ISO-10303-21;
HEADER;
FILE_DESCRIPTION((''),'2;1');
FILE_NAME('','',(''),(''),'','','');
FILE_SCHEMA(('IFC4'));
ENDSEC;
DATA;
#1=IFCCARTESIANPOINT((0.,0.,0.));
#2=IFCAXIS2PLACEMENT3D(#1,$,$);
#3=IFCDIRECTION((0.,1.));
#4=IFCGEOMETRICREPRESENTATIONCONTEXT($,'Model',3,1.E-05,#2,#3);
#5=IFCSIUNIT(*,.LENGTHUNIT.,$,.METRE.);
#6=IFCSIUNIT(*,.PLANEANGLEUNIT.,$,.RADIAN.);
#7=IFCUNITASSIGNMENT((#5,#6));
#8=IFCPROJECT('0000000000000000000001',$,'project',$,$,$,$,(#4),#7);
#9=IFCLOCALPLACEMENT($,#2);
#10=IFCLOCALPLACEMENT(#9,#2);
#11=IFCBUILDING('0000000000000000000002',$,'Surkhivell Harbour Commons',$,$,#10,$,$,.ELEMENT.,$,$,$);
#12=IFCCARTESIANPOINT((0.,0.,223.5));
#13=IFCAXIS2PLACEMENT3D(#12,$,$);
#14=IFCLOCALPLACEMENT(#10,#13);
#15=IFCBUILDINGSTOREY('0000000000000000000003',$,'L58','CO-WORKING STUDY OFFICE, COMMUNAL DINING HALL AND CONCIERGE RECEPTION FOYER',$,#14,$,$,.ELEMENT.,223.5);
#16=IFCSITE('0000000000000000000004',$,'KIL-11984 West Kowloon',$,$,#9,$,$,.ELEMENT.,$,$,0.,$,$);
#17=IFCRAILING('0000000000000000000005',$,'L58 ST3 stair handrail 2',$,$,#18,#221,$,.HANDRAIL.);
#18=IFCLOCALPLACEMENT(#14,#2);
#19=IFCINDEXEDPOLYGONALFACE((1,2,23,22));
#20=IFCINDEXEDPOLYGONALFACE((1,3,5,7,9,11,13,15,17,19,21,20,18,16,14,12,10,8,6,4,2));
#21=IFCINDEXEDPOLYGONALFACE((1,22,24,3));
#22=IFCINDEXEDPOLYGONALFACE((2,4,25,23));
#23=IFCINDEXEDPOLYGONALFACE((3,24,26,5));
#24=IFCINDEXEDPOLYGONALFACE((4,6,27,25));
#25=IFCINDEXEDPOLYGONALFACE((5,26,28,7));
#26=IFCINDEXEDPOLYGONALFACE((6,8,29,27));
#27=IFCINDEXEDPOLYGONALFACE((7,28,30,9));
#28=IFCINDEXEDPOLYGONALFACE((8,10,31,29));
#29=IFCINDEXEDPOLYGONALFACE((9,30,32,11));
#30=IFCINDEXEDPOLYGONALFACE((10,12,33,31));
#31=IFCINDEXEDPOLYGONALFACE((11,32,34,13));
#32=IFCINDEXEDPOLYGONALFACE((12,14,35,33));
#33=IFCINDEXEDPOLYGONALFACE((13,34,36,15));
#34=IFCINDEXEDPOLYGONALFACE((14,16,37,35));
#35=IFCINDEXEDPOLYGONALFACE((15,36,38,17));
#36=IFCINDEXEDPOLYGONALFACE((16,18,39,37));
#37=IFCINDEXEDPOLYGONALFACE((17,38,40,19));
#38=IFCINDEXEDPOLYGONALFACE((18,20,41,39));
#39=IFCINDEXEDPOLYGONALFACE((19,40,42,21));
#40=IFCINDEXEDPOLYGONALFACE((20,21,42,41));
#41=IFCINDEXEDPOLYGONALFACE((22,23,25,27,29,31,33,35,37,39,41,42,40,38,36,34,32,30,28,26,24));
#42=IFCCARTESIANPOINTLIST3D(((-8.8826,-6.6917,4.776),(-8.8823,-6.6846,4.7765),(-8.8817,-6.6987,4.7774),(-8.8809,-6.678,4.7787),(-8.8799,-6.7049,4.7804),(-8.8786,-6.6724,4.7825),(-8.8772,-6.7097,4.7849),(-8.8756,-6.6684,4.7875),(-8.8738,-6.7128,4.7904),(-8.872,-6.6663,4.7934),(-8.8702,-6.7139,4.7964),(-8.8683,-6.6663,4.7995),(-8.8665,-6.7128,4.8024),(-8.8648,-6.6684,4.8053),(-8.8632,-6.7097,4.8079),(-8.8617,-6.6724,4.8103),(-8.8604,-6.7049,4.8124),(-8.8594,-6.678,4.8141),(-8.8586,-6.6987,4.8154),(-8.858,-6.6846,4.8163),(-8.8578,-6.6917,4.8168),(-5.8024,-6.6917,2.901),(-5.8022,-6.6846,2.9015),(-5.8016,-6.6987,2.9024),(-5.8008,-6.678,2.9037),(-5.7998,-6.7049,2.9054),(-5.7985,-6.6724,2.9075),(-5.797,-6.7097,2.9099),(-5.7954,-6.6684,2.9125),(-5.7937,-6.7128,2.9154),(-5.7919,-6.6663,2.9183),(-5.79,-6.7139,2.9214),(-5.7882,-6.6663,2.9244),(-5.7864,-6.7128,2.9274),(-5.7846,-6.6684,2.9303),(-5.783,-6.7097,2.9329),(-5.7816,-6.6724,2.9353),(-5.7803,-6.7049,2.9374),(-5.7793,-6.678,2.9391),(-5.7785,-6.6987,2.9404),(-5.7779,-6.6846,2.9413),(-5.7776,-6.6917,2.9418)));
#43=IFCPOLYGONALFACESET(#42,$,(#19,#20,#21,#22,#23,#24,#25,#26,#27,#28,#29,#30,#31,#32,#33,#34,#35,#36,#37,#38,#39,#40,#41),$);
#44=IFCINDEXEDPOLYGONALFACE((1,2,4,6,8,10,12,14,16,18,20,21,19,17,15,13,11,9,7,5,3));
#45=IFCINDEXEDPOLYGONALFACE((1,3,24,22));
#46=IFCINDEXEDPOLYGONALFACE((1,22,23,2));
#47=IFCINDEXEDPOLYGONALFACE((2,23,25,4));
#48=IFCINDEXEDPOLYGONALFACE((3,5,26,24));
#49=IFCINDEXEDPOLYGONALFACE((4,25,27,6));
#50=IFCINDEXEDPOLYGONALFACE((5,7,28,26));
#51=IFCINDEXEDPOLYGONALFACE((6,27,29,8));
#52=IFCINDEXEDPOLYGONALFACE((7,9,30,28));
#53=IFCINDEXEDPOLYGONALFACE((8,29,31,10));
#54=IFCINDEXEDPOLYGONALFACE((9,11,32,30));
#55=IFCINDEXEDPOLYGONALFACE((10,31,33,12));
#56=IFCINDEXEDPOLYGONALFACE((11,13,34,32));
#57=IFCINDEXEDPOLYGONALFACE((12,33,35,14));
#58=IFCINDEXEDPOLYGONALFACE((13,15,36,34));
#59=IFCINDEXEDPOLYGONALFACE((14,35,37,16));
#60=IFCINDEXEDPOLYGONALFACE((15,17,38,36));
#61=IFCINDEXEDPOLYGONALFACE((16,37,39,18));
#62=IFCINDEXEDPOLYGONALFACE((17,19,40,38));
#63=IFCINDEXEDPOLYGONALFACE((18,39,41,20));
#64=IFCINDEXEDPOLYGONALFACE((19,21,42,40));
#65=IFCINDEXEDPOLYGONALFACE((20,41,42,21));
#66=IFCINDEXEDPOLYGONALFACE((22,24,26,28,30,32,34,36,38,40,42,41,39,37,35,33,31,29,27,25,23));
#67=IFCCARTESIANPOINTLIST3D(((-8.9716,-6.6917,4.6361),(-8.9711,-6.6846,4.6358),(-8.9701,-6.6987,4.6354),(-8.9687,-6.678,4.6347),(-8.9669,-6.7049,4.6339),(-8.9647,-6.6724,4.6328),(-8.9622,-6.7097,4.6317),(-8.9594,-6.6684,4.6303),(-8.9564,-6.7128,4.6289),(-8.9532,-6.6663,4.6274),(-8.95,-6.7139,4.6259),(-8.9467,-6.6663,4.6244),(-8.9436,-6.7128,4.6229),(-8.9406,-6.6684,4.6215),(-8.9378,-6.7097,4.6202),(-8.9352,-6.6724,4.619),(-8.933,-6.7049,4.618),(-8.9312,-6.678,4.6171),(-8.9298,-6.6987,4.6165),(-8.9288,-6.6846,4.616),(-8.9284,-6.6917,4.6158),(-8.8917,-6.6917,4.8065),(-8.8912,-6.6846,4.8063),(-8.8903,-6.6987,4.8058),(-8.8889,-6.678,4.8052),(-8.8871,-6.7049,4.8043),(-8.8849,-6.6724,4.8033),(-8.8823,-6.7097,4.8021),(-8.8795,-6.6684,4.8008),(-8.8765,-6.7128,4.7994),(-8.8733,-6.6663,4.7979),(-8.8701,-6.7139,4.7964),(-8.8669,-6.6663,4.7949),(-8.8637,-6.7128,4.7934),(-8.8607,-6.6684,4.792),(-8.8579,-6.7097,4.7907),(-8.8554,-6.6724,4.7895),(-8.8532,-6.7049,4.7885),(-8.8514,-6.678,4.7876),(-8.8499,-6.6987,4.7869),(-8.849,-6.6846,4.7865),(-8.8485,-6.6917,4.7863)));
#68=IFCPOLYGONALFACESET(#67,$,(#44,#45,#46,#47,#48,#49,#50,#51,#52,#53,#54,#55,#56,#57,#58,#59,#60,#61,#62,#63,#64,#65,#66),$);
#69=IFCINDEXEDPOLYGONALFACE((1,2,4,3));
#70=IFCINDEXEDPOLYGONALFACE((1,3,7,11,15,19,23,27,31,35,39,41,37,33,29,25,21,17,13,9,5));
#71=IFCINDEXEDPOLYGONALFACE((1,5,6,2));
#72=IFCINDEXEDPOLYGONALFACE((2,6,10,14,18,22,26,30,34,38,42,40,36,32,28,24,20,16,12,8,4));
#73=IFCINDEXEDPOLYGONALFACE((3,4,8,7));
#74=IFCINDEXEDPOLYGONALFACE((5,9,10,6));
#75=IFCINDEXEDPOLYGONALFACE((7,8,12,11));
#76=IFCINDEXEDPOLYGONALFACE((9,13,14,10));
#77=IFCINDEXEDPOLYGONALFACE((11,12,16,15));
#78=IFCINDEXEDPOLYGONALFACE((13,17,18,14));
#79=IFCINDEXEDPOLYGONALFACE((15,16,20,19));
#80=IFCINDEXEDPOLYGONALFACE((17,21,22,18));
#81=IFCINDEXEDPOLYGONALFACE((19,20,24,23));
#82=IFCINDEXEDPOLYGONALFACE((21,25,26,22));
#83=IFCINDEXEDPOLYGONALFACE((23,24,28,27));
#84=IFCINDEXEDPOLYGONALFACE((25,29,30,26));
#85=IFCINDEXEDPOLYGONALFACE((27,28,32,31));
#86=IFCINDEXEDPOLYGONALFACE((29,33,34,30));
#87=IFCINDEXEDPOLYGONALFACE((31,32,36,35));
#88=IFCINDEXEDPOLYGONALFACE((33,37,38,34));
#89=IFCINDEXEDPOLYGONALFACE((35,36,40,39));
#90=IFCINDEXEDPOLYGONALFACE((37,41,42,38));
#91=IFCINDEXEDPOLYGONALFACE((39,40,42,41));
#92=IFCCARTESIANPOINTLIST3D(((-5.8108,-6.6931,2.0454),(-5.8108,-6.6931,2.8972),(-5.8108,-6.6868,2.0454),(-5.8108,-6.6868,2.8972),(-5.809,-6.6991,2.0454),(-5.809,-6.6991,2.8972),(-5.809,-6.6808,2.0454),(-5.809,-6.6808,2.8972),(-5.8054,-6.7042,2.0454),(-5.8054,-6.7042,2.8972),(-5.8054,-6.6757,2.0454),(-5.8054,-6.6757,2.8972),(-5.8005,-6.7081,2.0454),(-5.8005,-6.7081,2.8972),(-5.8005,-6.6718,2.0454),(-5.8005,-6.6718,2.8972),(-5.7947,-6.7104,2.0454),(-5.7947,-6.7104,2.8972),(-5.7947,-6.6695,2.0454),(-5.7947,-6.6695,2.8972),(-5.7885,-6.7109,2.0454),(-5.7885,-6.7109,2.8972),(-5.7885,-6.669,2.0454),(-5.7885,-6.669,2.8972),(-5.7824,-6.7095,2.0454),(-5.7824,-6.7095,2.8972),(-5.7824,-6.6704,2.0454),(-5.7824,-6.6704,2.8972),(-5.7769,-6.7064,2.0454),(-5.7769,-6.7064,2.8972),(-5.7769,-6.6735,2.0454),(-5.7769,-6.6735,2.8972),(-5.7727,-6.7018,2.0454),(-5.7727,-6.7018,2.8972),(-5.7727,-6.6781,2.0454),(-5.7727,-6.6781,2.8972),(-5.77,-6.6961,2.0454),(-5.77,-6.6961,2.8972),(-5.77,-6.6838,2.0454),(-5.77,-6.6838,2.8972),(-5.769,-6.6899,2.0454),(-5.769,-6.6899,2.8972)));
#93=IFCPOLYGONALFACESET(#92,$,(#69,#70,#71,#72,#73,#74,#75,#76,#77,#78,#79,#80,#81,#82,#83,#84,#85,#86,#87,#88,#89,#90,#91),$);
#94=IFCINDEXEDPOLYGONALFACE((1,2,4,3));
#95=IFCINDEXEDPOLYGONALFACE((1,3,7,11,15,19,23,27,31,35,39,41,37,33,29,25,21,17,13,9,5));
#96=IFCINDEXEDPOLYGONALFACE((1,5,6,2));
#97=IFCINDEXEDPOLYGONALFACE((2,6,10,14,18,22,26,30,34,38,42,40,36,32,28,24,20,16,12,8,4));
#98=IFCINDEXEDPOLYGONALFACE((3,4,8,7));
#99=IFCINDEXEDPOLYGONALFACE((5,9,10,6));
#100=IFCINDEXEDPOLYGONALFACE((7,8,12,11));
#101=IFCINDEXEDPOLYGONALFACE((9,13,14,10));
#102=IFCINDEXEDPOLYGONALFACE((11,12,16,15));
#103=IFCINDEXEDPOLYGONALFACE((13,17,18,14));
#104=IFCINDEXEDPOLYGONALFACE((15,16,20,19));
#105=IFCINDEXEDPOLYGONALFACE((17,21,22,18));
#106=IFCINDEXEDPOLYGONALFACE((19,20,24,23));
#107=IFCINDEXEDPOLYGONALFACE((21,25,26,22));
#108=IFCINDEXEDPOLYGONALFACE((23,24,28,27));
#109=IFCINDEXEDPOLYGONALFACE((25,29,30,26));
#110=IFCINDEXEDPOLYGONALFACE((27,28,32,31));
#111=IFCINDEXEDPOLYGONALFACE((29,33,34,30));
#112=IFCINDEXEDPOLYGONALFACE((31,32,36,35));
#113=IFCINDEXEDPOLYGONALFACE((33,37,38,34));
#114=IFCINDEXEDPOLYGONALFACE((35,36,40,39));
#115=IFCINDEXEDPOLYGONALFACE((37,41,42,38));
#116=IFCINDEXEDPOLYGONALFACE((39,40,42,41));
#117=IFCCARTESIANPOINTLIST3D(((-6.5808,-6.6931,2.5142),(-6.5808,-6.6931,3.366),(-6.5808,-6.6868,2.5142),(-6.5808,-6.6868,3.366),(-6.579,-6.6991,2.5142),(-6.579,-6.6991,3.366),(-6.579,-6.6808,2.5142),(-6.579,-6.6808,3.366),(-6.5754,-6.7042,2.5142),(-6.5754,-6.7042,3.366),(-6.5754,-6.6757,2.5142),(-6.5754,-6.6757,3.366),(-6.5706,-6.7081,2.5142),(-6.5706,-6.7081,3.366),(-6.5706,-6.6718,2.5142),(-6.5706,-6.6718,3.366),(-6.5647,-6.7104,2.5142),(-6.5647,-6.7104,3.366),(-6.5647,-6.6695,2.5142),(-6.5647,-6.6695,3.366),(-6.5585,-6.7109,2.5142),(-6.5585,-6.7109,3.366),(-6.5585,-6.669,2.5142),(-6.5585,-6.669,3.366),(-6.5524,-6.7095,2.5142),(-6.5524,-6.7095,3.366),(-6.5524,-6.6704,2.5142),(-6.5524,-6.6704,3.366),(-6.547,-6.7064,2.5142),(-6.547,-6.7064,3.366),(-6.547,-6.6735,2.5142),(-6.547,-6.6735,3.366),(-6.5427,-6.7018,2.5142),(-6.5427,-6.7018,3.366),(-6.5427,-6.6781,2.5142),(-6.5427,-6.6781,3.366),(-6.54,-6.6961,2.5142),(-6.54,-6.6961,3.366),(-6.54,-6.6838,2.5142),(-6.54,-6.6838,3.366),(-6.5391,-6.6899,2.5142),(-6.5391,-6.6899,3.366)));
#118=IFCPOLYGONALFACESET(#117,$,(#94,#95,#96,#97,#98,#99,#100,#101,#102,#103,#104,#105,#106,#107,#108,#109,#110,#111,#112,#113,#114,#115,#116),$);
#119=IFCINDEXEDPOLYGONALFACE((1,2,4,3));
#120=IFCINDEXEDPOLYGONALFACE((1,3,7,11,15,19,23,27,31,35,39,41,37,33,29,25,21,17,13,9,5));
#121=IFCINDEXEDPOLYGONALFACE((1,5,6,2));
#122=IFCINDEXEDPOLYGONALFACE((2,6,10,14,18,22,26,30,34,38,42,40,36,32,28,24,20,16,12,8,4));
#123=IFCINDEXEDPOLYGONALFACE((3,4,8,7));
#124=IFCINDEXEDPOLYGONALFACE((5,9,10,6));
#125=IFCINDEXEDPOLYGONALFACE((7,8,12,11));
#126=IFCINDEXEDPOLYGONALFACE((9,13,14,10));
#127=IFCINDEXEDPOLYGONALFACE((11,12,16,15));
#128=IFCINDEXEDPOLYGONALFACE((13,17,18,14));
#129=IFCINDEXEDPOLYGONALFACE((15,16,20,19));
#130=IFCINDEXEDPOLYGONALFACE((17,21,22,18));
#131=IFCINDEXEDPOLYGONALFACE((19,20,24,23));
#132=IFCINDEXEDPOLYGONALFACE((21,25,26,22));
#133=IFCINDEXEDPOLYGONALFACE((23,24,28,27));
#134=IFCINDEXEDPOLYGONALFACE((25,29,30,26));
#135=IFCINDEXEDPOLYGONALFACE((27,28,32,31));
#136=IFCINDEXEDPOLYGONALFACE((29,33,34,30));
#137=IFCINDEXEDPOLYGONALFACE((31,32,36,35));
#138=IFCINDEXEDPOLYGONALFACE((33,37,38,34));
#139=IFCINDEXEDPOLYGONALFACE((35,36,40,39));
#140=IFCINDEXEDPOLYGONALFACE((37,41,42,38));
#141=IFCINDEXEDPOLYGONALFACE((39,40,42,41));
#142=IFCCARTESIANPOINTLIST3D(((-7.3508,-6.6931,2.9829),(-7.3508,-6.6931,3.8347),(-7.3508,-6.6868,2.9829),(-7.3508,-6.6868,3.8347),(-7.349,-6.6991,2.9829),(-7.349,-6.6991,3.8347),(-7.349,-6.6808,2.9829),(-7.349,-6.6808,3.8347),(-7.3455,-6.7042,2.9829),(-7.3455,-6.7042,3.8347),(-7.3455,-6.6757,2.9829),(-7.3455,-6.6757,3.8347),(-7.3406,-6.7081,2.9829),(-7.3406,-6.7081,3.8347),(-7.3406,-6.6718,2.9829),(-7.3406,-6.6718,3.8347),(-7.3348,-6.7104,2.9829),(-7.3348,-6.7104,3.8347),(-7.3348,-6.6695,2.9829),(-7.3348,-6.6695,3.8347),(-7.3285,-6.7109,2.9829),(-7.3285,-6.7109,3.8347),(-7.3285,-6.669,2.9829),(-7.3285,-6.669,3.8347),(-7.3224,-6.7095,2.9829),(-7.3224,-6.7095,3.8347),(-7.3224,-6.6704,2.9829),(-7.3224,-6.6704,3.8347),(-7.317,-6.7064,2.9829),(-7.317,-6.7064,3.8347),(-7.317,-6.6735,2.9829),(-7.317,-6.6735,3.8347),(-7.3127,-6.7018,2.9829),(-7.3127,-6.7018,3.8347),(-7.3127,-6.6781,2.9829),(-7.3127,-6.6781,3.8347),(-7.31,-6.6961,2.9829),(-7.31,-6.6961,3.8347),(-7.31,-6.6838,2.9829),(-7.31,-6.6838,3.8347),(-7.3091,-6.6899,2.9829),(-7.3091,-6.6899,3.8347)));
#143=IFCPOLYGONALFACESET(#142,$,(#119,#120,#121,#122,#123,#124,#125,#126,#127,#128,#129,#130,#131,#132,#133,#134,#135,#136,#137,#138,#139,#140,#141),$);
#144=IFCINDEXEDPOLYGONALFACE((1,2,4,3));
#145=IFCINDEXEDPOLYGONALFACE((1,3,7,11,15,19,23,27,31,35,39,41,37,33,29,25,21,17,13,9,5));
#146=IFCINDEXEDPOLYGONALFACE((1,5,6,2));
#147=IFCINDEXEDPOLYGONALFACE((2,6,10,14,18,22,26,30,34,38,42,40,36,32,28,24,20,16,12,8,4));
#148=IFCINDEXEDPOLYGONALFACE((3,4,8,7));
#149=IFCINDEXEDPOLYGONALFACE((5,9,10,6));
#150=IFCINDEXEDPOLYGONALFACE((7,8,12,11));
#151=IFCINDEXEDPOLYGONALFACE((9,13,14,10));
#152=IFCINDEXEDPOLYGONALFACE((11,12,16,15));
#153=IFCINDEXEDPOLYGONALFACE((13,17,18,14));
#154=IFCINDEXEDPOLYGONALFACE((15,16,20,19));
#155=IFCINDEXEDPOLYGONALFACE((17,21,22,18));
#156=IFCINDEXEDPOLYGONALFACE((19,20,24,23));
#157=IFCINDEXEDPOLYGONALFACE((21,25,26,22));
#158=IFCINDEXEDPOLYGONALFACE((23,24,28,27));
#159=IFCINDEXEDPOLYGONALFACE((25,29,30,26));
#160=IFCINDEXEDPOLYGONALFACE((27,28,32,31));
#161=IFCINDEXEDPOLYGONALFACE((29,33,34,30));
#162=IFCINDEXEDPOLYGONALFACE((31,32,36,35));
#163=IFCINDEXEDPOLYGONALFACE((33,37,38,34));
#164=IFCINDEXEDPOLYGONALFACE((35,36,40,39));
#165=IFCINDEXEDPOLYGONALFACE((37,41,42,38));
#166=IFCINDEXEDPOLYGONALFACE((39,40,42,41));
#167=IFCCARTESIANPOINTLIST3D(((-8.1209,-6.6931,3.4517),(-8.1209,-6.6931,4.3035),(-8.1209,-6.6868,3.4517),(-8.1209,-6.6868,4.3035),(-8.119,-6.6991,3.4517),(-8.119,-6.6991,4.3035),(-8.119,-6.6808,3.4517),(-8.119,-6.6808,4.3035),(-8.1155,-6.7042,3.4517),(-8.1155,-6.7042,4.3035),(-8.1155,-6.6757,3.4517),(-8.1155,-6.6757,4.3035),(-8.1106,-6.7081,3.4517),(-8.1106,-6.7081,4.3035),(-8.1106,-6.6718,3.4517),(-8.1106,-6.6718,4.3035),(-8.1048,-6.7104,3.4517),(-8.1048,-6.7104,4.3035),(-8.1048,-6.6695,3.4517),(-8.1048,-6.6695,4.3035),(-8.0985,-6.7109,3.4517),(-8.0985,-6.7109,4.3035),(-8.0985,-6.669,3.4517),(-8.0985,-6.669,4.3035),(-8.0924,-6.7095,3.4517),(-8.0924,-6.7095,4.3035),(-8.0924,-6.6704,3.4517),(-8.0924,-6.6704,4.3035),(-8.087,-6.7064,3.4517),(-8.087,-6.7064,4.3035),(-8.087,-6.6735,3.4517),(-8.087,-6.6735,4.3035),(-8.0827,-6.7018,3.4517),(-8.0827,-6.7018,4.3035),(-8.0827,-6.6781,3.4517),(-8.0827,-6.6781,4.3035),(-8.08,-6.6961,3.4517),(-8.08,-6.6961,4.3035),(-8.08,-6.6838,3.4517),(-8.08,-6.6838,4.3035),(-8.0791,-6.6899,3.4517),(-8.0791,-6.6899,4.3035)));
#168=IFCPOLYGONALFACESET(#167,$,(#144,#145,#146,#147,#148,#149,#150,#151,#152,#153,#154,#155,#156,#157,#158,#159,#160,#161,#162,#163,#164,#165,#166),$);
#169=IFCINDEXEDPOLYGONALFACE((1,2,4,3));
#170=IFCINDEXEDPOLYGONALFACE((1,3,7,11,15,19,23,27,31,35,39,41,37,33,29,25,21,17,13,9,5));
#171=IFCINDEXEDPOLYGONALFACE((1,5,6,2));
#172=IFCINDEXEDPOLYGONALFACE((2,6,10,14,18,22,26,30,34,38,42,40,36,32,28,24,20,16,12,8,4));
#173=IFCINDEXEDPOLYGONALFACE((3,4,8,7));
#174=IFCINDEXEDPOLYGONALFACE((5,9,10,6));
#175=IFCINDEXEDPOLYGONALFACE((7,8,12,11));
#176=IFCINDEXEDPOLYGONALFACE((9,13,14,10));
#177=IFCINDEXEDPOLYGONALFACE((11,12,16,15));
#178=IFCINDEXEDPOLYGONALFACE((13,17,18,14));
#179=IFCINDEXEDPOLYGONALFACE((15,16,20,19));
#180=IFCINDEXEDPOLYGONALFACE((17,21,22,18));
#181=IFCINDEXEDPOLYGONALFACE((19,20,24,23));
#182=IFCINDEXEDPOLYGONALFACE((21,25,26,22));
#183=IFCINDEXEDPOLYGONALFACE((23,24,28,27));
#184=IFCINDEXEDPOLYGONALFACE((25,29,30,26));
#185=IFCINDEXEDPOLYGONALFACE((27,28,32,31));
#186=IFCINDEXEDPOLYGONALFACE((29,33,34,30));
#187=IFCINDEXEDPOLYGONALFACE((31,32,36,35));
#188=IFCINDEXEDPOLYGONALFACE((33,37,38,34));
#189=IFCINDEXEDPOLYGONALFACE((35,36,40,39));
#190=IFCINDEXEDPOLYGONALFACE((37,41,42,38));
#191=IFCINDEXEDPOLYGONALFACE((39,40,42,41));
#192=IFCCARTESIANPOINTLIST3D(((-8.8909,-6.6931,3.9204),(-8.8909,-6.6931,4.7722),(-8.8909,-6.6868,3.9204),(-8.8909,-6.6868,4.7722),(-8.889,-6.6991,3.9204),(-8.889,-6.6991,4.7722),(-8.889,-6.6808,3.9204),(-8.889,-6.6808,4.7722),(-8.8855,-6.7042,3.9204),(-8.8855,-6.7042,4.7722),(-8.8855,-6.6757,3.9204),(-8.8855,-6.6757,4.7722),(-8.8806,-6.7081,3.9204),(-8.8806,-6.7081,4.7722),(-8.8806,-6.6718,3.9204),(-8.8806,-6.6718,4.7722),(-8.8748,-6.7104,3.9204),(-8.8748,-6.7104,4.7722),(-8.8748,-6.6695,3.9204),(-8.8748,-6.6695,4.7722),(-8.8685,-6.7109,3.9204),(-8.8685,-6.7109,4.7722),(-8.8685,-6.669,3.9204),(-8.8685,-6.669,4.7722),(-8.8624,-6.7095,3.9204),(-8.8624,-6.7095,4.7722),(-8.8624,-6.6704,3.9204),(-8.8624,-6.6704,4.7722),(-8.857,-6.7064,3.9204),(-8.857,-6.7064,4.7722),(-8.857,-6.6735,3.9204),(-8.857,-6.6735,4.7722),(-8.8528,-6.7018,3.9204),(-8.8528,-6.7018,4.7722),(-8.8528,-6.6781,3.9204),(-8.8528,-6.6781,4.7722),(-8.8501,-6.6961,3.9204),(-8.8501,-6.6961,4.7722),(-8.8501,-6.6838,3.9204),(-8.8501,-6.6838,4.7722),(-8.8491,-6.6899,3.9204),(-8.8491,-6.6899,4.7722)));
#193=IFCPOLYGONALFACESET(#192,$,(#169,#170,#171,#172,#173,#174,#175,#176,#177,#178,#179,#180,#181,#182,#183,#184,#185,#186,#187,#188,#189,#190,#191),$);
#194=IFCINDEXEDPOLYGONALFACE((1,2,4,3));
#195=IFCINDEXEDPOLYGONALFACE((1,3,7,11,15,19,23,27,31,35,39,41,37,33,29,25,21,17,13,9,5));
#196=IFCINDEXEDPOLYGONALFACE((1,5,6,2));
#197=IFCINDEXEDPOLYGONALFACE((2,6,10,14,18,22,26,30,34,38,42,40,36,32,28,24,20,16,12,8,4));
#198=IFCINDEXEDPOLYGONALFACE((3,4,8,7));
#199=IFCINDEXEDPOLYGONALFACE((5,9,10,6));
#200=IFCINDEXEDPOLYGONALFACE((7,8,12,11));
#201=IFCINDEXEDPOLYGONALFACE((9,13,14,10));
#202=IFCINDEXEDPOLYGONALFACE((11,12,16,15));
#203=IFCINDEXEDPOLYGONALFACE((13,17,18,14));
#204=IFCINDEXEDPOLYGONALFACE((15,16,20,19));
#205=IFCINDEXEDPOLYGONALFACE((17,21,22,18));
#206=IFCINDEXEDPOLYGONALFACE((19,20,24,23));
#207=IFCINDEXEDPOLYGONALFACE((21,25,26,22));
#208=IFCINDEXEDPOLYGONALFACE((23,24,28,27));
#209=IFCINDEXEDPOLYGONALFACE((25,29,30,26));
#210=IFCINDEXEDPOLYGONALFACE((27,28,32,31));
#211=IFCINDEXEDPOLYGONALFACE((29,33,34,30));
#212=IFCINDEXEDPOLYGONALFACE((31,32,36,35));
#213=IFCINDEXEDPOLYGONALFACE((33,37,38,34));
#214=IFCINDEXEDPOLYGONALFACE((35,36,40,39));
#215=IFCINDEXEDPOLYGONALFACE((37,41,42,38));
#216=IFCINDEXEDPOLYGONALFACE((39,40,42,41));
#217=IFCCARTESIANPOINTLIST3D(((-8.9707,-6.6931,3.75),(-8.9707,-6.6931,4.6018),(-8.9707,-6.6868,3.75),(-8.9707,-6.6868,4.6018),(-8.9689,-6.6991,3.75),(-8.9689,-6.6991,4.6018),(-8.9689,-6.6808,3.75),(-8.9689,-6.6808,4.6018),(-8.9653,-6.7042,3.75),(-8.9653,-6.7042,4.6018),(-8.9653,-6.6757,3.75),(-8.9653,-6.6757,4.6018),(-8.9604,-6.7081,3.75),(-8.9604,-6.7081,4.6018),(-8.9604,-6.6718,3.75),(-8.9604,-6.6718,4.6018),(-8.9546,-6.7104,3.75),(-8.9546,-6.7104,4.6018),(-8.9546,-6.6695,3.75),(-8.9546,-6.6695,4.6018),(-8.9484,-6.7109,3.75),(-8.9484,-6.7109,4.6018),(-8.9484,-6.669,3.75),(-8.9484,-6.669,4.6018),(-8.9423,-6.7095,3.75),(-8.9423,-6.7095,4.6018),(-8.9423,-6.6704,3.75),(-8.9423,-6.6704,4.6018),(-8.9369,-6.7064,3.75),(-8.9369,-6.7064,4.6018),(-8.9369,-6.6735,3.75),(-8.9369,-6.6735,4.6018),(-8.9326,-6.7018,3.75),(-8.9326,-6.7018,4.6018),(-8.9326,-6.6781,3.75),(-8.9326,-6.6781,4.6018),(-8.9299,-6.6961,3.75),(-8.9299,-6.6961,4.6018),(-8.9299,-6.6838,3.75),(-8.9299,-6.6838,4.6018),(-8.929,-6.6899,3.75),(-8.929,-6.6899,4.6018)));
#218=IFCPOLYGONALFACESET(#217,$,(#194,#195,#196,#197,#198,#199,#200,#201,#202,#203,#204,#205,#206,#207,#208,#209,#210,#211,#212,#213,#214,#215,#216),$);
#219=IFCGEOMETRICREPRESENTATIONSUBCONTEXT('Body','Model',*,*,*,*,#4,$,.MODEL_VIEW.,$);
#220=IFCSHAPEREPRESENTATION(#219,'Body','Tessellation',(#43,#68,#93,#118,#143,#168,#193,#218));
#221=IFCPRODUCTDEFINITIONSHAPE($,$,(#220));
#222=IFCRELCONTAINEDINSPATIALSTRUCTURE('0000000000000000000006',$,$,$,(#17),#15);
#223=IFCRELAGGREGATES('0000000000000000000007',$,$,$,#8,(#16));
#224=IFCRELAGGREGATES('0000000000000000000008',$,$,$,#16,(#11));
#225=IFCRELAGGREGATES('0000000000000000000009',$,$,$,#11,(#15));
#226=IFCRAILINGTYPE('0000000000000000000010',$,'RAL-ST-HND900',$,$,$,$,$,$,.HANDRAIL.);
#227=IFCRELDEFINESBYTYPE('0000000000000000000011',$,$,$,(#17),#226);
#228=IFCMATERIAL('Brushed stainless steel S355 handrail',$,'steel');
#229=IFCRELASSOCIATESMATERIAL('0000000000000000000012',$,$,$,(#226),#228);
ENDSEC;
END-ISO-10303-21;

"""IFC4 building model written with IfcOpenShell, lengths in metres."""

from ifc_helpers import new_model, si_unit, direction, frame, origin, origin_2d, place, context, subcontext, project, spatial, circle, extrude, material, type_object, element, save


model = new_model("IFC4")

# Units and contexts
model_context = context("Model", 3, precision=1e-05, world=origin(), true_north=direction((0.0, 1.0)))
body_context = subcontext(model_context, "Body", "Model", "MODEL_VIEW")
ifc_project = project(units=[si_unit("LENGTHUNIT", "METRE"), si_unit("PLANEANGLEUNIT", "RADIAN")], contexts=[model_context])

# Site, building, storey
site_placement = place(None, origin())
site = spatial("IfcSite", under=ifc_project, at=site_placement, Name="KIL-11984 West Kowloon", CompositionType="ELEMENT", RefElevation=0.0)
building_placement = place(site_placement, origin())
building = spatial("IfcBuilding", under=site, at=building_placement, Name="Surkhivell Harbour Commons", CompositionType="ELEMENT")
storey_placement = place(building_placement, frame((0.0, 0.0, 223.5)))
storey = spatial("IfcBuildingStorey", under=building, at=storey_placement, Name="L58", Description="CO-WORKING STUDY OFFICE, COMMUNAL DINING HALL AND CONCIERGE RECEPTION FOYER", CompositionType="ELEMENT", Elevation=223.5)

# Railing
ifc_material_1 = material(Name="Brushed stainless steel S355 handrail", Category="steel")
railing_type_1 = type_object("IfcRailingType", Name="RAL-ST-HND900", PredefinedType="HANDRAIL", material=ifc_material_1)
railing_1_placement = place(storey_placement, frame((-5.79, -6.6899, 2.0454)))
element("IfcRailing", 1, at=railing_1_placement, inside=storey, type_object=railing_type_1, Name="L58 ST3 stair handrail 2", PredefinedType="HANDRAIL", context=body_context, shape_type="SweptSolid", body=[
    extrude(circle(Radius=0.0239, at=origin_2d()), frame((0.0, 0.0, 0.876), z_axis=(-0.854178, 0.0, 0.519981), x_axis=(0.0, -1.0, 0.0)), (0.0, 0.0, 1.0), 3.606),
    extrude(circle(Radius=0.0239, at=origin_2d()), frame((-3.0801, 0.0, 2.751), z_axis=(-0.424234, 0.0, -0.905552), x_axis=(0.0, -1.0, 0.0)), (0.0, 0.0, 1.0), 0.1882),
    extrude(circle(Radius=0.021, at=origin_2d()), origin(), (0.0, 0.0, 1.0), 0.8518),
    extrude(circle(Radius=0.021, at=origin_2d()), frame((-0.77, 0.0, 0.4688)), (0.0, 0.0, 1.0), 0.8518),
    extrude(circle(Radius=0.021, at=origin_2d()), frame((-1.54, 0.0, 0.9375)), (0.0, 0.0, 1.0), 0.8518),
    extrude(circle(Radius=0.021, at=origin_2d()), frame((-2.3101, 0.0, 1.4062)), (0.0, 0.0, 1.0), 0.8518),
    extrude(circle(Radius=0.021, at=origin_2d()), frame((-3.0801, 0.0, 1.875)), (0.0, 0.0, 1.0), 0.8518),
    extrude(circle(Radius=0.021, at=origin_2d()), frame((-3.1599, 0.0, 1.7046)), (0.0, 0.0, 1.0), 0.8518),
])

save(model, "model.ifc")
